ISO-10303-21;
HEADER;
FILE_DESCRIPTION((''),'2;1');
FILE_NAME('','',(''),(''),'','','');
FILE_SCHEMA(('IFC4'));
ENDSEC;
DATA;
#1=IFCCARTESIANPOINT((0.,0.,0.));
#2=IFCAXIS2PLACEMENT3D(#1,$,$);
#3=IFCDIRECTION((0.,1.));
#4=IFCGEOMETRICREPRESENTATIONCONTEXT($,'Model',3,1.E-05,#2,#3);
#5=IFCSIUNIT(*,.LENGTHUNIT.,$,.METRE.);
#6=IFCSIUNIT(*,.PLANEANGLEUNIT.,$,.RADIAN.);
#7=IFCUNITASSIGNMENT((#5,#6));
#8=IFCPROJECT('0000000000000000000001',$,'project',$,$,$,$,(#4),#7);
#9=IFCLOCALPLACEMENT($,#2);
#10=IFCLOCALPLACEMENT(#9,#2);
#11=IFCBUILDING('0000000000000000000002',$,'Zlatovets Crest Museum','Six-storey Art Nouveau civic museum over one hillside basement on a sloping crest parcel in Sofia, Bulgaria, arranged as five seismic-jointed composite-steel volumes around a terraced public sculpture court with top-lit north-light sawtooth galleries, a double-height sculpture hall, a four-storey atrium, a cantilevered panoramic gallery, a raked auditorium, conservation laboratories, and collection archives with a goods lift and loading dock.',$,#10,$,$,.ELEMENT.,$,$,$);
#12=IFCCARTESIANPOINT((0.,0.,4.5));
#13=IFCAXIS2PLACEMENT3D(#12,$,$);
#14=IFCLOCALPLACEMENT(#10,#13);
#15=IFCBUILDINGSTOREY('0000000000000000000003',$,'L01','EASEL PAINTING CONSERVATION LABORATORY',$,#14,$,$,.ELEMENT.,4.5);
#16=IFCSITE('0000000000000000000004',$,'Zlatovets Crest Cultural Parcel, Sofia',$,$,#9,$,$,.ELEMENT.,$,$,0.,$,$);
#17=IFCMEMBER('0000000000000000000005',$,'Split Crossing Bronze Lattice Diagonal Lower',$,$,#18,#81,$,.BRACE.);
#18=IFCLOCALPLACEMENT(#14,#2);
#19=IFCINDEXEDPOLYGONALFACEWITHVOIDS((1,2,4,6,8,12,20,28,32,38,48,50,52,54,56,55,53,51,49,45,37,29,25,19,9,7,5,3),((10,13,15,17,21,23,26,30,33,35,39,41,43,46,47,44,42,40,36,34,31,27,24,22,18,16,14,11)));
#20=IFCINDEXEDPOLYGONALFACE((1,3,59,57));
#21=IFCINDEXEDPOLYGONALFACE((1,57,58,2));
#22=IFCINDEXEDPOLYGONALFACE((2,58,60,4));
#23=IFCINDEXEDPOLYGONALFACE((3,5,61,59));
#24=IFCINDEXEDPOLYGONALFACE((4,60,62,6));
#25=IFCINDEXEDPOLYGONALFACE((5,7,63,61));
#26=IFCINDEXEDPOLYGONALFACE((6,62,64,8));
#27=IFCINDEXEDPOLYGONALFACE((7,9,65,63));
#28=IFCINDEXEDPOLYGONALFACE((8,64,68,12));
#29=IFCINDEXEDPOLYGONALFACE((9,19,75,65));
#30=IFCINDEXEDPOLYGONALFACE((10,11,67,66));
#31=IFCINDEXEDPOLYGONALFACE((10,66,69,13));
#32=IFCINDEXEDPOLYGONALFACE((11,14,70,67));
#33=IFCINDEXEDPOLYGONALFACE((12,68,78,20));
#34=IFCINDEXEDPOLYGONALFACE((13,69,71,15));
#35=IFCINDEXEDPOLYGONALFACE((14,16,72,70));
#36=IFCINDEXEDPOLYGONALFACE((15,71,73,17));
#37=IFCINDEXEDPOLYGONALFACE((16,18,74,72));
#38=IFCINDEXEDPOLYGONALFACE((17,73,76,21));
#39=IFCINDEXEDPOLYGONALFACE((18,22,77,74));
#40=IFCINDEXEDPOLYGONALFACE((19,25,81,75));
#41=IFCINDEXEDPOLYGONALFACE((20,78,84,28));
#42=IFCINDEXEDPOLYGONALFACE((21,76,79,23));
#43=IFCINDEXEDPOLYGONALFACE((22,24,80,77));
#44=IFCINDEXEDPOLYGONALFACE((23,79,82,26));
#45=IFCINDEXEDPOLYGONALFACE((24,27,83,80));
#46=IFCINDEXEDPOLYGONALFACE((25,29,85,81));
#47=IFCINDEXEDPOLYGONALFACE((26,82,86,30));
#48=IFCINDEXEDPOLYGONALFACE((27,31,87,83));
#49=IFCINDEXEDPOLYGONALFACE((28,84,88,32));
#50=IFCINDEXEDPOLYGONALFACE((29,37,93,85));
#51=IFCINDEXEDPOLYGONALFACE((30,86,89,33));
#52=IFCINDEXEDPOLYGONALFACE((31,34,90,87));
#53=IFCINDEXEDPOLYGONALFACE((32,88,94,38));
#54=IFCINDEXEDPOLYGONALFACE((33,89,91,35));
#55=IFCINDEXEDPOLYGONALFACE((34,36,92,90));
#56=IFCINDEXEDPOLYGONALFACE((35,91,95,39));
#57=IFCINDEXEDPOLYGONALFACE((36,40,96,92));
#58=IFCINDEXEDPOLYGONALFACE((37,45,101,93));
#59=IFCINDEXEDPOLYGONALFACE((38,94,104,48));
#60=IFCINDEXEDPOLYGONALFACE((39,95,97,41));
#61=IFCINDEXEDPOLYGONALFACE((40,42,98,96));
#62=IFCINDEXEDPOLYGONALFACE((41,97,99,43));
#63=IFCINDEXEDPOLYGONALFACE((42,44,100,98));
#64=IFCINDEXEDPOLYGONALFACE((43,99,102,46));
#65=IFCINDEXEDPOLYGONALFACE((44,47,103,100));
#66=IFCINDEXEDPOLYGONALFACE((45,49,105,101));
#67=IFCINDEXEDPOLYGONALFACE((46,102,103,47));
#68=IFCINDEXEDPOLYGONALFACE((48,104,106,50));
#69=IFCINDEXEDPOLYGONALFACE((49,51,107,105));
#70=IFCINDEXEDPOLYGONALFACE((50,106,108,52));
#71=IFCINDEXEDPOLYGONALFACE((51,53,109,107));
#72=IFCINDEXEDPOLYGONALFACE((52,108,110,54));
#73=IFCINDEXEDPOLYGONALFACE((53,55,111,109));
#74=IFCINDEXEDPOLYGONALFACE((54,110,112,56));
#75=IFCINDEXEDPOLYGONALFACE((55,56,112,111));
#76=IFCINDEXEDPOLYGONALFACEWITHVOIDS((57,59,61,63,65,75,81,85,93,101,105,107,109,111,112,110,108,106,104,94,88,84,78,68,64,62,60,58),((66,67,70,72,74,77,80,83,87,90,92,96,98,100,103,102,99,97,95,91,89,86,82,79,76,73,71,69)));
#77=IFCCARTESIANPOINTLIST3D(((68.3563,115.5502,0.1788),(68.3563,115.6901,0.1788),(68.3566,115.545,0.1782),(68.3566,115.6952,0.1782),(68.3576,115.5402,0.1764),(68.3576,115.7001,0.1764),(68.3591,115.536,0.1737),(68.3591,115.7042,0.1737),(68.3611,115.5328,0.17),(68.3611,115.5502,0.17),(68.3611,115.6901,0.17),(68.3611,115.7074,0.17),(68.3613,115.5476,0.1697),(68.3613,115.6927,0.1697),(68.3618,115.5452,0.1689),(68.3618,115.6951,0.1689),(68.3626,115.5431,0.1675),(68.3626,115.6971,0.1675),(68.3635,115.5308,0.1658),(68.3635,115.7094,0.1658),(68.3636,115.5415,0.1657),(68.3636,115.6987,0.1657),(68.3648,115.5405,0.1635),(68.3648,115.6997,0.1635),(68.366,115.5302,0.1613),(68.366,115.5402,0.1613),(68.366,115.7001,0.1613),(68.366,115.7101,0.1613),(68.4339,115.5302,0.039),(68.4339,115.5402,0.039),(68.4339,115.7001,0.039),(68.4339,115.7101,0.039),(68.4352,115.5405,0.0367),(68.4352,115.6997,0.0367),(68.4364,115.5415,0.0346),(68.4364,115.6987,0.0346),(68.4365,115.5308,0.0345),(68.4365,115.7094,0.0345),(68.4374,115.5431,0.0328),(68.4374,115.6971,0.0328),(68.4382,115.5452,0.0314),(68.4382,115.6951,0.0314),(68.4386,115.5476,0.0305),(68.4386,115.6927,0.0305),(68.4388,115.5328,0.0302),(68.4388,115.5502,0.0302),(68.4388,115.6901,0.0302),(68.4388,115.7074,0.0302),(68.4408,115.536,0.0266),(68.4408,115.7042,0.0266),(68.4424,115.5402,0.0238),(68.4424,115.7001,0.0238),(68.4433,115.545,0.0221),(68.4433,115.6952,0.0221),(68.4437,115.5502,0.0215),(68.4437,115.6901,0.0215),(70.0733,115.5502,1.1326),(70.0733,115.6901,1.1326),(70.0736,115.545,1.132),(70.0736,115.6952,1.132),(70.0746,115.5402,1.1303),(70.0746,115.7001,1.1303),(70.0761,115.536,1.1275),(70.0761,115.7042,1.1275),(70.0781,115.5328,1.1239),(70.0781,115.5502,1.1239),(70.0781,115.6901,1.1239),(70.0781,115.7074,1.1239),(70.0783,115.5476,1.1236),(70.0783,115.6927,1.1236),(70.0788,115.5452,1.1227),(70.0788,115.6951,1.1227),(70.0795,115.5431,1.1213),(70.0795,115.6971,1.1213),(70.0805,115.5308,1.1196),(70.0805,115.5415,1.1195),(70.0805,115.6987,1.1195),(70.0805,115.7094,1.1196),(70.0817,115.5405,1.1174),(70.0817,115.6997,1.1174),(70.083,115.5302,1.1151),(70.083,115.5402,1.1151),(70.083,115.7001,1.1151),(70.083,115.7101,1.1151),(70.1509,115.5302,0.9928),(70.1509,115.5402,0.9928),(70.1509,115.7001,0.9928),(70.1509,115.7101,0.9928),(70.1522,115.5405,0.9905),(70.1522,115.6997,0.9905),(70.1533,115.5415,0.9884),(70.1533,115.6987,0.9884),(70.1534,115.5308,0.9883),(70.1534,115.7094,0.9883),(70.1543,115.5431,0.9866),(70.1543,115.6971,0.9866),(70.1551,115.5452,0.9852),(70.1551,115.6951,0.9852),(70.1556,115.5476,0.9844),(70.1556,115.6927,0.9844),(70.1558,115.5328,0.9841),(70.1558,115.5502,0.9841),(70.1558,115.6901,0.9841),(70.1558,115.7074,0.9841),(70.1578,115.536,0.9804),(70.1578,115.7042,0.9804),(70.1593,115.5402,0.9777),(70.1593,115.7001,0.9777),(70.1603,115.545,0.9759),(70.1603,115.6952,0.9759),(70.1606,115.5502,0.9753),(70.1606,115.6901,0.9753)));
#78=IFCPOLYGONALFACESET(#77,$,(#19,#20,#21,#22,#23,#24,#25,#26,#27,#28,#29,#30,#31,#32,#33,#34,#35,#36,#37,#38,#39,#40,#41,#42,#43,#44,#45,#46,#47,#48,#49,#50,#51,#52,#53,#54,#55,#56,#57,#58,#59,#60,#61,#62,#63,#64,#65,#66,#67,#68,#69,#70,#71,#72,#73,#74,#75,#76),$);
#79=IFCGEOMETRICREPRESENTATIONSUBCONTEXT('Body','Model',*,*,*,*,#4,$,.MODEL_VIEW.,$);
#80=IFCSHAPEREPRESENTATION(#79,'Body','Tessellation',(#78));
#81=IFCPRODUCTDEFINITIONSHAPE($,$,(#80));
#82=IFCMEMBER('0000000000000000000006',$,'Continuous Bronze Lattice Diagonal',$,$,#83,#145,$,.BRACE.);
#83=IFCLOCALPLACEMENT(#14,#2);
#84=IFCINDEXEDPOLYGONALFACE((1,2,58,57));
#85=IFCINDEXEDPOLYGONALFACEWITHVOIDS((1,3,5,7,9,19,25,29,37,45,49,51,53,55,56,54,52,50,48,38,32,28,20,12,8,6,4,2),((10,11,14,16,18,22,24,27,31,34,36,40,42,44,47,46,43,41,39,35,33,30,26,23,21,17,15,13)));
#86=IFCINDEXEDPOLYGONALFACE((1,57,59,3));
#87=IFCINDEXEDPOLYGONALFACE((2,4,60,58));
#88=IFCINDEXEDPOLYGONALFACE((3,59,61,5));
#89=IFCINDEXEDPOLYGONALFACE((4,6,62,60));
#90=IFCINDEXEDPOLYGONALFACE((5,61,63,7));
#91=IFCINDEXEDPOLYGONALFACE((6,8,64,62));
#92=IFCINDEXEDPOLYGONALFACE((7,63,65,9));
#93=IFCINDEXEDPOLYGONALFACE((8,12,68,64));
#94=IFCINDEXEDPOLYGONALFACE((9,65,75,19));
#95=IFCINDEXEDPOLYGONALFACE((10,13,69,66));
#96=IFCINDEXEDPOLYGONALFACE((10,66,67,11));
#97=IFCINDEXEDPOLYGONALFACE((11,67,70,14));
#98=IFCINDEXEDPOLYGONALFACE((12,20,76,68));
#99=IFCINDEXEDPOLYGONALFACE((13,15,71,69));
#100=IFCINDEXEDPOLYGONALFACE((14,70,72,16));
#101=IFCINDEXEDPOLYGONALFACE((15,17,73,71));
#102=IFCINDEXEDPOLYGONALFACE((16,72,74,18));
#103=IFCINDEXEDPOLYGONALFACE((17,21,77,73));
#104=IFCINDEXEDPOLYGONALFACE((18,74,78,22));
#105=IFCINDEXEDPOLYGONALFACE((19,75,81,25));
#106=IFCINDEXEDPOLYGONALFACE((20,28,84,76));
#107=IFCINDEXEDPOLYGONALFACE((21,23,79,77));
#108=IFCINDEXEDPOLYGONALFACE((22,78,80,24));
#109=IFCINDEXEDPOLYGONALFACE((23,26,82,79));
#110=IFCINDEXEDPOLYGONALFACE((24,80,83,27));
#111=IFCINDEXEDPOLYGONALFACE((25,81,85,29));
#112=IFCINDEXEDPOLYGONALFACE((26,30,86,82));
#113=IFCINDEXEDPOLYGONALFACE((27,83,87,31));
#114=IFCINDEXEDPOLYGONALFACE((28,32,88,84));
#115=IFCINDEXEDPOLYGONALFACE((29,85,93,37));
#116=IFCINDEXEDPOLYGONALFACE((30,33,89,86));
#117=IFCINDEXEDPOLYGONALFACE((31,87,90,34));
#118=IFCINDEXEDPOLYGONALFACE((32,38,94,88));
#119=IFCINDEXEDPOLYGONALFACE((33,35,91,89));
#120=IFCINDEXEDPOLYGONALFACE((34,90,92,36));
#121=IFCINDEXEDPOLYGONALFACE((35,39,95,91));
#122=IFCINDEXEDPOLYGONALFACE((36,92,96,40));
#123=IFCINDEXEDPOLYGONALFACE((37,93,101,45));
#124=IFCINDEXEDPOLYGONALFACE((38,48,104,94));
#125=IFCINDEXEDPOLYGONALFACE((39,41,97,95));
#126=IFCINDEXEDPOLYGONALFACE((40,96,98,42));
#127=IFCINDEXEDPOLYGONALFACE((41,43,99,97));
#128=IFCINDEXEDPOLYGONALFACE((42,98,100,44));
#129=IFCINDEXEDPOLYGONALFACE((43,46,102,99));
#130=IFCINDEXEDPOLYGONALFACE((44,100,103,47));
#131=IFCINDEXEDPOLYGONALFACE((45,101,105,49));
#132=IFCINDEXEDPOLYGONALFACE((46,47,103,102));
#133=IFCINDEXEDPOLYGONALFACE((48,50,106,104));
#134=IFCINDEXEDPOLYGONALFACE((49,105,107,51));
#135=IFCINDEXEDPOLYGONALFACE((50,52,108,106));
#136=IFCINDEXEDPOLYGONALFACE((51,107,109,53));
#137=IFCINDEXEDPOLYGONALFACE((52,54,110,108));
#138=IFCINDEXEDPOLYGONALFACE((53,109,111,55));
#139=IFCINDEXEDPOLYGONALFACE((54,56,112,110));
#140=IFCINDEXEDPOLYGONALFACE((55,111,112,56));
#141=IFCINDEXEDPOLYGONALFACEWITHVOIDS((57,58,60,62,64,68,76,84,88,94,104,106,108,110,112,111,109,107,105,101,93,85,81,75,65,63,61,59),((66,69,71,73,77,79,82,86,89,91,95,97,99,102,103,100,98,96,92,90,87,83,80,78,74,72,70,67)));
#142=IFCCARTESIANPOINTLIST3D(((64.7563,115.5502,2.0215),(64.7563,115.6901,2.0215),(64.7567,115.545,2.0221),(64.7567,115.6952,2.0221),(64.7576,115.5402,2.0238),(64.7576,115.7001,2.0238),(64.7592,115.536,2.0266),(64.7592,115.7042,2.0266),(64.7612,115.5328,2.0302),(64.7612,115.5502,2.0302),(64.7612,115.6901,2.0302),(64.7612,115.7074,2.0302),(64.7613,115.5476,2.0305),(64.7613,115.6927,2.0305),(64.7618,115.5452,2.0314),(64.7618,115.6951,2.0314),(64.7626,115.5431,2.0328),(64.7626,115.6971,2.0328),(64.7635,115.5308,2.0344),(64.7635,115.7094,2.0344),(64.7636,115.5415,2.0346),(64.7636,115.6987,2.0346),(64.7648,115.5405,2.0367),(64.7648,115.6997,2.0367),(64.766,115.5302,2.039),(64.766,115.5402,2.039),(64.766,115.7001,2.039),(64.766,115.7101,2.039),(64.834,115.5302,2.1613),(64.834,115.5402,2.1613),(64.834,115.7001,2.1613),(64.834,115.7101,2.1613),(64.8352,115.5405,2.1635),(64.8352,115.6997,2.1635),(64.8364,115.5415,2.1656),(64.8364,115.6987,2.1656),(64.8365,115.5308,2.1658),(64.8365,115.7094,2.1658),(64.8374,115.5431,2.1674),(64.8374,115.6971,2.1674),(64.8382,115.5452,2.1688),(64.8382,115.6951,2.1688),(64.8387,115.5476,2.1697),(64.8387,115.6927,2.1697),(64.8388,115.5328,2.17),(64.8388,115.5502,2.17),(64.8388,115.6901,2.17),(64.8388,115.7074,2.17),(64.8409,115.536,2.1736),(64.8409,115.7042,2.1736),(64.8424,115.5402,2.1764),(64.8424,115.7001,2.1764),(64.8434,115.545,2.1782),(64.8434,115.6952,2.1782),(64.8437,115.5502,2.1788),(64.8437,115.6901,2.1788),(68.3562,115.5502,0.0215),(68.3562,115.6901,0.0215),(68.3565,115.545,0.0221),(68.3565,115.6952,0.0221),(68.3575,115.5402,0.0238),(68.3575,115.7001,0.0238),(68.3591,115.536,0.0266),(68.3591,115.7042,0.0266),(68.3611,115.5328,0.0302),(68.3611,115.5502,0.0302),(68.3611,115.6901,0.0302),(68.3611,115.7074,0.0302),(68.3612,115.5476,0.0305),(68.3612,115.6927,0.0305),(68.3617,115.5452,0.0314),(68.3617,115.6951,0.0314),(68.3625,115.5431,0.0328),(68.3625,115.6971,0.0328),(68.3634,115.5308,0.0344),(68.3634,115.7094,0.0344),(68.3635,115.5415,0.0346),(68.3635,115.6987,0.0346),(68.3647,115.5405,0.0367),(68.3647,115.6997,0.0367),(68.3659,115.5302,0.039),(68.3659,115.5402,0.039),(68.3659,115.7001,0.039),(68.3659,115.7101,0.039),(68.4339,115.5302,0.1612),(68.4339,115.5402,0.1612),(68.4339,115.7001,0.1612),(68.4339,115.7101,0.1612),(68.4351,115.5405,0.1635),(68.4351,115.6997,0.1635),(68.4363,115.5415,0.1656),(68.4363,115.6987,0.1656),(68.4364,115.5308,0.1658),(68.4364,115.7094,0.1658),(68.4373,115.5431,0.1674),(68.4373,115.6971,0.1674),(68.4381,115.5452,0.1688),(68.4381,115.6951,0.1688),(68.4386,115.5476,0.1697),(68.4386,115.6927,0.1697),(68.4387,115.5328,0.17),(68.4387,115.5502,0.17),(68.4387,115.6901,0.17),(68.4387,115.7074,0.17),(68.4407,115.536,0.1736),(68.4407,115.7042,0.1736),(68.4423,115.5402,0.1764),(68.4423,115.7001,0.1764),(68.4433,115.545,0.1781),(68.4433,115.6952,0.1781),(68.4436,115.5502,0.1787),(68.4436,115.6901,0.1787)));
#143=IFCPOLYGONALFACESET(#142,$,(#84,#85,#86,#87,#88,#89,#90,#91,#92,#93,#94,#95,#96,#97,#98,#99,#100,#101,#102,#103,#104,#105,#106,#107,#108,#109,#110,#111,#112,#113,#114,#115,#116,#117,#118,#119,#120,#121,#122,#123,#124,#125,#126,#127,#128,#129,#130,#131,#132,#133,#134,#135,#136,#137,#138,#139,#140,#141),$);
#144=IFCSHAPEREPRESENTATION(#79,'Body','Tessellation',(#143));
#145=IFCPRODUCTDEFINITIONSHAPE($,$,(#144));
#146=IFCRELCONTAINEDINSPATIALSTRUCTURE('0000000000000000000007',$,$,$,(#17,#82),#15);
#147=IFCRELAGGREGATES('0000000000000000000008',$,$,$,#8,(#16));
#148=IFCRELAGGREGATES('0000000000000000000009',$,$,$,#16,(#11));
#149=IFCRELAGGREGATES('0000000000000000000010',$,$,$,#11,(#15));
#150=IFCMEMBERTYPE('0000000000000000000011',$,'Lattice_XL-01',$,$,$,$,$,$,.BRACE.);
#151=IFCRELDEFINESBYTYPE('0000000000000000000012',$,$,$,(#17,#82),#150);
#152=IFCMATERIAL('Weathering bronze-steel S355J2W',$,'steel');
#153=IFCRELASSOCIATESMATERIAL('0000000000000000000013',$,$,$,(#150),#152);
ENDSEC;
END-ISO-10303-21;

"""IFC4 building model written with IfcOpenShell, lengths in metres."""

from ifc_helpers import new_model, si_unit, direction, frame, origin, origin_2d, place, context, subcontext, project, spatial, hollow_rectangle, extrude, material, material_profile, profile_set, type_object, element, save


model = new_model("IFC4")

# Units and contexts
model_context = context("Model", 3, precision=1e-05, world=origin(), true_north=direction((0.0, 1.0)))
body_context = subcontext(model_context, "Body", "Model", "MODEL_VIEW")
ifc_project = project(units=[si_unit("LENGTHUNIT", "METRE"), si_unit("PLANEANGLEUNIT", "RADIAN")], contexts=[model_context])

# Site, building, storey
site_placement = place(None, origin())
site = spatial("IfcSite", under=ifc_project, at=site_placement, Name="Zlatovets Crest Cultural Parcel, Sofia", CompositionType="ELEMENT", RefElevation=0.0)
building_placement = place(site_placement, origin())
building = spatial("IfcBuilding", under=site, at=building_placement, Name="Zlatovets Crest Museum", Description="Six-storey Art Nouveau civic museum over one hillside basement on a sloping crest parcel in Sofia, Bulgaria, arranged as five seismic-jointed composite-steel volumes around a terraced public sculpture court with top-lit north-light sawtooth galleries, a double-height sculpture hall, a four-storey atrium, a cantilevered panoramic gallery, a raked auditorium, conservation laboratories, and collection archives with a goods lift and loading dock.", CompositionType="ELEMENT")
storey_placement = place(building_placement, frame((0.0, 0.0, 4.5)))
storey = spatial("IfcBuildingStorey", under=building, at=storey_placement, Name="L01", Description="EASEL PAINTING CONSERVATION LABORATORY", CompositionType="ELEMENT", Elevation=4.5)

# Members
ifc_material_1 = material(Name="Weathering bronze-steel S355J2W", Category="steel")
ifc_material_profile_1 = material_profile(ifc_material_1, hollow_rectangle(XDim=0.1799, YDim=0.1799, WallThickness=0.01, InnerFilletRadius=0.01, OuterFilletRadius=0.02, at=origin_2d()), Name="SHS 180x180x10.0")
ifc_profile_set_1 = profile_set([ifc_material_profile_1], Name="Weathering bronze-steel S355J2W")
member_type_1 = type_object("IfcMemberType", Name="Lattice_XL-01", PredefinedType="BRACE", material=ifc_profile_set_1)
member_1_placement = place(storey_placement, frame((70.1169, 115.6201, 1.054), z_axis=(-0.874169, 0.0, -0.485622), x_axis=(0.0, -1.0, 0.0)))
element("IfcMember", 1, at=member_1_placement, inside=storey, type_object=member_type_1, Name="Split Crossing Bronze Lattice Diagonal Lower", PredefinedType="BRACE", context=body_context, shape_type="SweptSolid", body=[
    extrude(hollow_rectangle(XDim=0.1799, YDim=0.1799, WallThickness=0.01, InnerFilletRadius=0.01, OuterFilletRadius=0.02, at=origin_2d()), origin(), (0.0, 0.0, 1.0), 1.9641),
])
member_2_placement = place(storey_placement, frame((68.3999, 115.6201, 0.1001), z_axis=(-0.874149, 0.0, 0.485658), x_axis=(0.0, -1.0, 0.0)))
element("IfcMember", 2, at=member_2_placement, inside=storey, type_object=member_type_1, Name="Continuous Bronze Lattice Diagonal", PredefinedType="BRACE", context=body_context, shape_type="SweptSolid", body=[
    extrude(hollow_rectangle(XDim=0.1799, YDim=0.1799, WallThickness=0.01, InnerFilletRadius=0.01, OuterFilletRadius=0.02, at=origin_2d()), origin(), (0.0, 0.0, 1.0), 4.1182),
])

save(model, "model.ifc")
